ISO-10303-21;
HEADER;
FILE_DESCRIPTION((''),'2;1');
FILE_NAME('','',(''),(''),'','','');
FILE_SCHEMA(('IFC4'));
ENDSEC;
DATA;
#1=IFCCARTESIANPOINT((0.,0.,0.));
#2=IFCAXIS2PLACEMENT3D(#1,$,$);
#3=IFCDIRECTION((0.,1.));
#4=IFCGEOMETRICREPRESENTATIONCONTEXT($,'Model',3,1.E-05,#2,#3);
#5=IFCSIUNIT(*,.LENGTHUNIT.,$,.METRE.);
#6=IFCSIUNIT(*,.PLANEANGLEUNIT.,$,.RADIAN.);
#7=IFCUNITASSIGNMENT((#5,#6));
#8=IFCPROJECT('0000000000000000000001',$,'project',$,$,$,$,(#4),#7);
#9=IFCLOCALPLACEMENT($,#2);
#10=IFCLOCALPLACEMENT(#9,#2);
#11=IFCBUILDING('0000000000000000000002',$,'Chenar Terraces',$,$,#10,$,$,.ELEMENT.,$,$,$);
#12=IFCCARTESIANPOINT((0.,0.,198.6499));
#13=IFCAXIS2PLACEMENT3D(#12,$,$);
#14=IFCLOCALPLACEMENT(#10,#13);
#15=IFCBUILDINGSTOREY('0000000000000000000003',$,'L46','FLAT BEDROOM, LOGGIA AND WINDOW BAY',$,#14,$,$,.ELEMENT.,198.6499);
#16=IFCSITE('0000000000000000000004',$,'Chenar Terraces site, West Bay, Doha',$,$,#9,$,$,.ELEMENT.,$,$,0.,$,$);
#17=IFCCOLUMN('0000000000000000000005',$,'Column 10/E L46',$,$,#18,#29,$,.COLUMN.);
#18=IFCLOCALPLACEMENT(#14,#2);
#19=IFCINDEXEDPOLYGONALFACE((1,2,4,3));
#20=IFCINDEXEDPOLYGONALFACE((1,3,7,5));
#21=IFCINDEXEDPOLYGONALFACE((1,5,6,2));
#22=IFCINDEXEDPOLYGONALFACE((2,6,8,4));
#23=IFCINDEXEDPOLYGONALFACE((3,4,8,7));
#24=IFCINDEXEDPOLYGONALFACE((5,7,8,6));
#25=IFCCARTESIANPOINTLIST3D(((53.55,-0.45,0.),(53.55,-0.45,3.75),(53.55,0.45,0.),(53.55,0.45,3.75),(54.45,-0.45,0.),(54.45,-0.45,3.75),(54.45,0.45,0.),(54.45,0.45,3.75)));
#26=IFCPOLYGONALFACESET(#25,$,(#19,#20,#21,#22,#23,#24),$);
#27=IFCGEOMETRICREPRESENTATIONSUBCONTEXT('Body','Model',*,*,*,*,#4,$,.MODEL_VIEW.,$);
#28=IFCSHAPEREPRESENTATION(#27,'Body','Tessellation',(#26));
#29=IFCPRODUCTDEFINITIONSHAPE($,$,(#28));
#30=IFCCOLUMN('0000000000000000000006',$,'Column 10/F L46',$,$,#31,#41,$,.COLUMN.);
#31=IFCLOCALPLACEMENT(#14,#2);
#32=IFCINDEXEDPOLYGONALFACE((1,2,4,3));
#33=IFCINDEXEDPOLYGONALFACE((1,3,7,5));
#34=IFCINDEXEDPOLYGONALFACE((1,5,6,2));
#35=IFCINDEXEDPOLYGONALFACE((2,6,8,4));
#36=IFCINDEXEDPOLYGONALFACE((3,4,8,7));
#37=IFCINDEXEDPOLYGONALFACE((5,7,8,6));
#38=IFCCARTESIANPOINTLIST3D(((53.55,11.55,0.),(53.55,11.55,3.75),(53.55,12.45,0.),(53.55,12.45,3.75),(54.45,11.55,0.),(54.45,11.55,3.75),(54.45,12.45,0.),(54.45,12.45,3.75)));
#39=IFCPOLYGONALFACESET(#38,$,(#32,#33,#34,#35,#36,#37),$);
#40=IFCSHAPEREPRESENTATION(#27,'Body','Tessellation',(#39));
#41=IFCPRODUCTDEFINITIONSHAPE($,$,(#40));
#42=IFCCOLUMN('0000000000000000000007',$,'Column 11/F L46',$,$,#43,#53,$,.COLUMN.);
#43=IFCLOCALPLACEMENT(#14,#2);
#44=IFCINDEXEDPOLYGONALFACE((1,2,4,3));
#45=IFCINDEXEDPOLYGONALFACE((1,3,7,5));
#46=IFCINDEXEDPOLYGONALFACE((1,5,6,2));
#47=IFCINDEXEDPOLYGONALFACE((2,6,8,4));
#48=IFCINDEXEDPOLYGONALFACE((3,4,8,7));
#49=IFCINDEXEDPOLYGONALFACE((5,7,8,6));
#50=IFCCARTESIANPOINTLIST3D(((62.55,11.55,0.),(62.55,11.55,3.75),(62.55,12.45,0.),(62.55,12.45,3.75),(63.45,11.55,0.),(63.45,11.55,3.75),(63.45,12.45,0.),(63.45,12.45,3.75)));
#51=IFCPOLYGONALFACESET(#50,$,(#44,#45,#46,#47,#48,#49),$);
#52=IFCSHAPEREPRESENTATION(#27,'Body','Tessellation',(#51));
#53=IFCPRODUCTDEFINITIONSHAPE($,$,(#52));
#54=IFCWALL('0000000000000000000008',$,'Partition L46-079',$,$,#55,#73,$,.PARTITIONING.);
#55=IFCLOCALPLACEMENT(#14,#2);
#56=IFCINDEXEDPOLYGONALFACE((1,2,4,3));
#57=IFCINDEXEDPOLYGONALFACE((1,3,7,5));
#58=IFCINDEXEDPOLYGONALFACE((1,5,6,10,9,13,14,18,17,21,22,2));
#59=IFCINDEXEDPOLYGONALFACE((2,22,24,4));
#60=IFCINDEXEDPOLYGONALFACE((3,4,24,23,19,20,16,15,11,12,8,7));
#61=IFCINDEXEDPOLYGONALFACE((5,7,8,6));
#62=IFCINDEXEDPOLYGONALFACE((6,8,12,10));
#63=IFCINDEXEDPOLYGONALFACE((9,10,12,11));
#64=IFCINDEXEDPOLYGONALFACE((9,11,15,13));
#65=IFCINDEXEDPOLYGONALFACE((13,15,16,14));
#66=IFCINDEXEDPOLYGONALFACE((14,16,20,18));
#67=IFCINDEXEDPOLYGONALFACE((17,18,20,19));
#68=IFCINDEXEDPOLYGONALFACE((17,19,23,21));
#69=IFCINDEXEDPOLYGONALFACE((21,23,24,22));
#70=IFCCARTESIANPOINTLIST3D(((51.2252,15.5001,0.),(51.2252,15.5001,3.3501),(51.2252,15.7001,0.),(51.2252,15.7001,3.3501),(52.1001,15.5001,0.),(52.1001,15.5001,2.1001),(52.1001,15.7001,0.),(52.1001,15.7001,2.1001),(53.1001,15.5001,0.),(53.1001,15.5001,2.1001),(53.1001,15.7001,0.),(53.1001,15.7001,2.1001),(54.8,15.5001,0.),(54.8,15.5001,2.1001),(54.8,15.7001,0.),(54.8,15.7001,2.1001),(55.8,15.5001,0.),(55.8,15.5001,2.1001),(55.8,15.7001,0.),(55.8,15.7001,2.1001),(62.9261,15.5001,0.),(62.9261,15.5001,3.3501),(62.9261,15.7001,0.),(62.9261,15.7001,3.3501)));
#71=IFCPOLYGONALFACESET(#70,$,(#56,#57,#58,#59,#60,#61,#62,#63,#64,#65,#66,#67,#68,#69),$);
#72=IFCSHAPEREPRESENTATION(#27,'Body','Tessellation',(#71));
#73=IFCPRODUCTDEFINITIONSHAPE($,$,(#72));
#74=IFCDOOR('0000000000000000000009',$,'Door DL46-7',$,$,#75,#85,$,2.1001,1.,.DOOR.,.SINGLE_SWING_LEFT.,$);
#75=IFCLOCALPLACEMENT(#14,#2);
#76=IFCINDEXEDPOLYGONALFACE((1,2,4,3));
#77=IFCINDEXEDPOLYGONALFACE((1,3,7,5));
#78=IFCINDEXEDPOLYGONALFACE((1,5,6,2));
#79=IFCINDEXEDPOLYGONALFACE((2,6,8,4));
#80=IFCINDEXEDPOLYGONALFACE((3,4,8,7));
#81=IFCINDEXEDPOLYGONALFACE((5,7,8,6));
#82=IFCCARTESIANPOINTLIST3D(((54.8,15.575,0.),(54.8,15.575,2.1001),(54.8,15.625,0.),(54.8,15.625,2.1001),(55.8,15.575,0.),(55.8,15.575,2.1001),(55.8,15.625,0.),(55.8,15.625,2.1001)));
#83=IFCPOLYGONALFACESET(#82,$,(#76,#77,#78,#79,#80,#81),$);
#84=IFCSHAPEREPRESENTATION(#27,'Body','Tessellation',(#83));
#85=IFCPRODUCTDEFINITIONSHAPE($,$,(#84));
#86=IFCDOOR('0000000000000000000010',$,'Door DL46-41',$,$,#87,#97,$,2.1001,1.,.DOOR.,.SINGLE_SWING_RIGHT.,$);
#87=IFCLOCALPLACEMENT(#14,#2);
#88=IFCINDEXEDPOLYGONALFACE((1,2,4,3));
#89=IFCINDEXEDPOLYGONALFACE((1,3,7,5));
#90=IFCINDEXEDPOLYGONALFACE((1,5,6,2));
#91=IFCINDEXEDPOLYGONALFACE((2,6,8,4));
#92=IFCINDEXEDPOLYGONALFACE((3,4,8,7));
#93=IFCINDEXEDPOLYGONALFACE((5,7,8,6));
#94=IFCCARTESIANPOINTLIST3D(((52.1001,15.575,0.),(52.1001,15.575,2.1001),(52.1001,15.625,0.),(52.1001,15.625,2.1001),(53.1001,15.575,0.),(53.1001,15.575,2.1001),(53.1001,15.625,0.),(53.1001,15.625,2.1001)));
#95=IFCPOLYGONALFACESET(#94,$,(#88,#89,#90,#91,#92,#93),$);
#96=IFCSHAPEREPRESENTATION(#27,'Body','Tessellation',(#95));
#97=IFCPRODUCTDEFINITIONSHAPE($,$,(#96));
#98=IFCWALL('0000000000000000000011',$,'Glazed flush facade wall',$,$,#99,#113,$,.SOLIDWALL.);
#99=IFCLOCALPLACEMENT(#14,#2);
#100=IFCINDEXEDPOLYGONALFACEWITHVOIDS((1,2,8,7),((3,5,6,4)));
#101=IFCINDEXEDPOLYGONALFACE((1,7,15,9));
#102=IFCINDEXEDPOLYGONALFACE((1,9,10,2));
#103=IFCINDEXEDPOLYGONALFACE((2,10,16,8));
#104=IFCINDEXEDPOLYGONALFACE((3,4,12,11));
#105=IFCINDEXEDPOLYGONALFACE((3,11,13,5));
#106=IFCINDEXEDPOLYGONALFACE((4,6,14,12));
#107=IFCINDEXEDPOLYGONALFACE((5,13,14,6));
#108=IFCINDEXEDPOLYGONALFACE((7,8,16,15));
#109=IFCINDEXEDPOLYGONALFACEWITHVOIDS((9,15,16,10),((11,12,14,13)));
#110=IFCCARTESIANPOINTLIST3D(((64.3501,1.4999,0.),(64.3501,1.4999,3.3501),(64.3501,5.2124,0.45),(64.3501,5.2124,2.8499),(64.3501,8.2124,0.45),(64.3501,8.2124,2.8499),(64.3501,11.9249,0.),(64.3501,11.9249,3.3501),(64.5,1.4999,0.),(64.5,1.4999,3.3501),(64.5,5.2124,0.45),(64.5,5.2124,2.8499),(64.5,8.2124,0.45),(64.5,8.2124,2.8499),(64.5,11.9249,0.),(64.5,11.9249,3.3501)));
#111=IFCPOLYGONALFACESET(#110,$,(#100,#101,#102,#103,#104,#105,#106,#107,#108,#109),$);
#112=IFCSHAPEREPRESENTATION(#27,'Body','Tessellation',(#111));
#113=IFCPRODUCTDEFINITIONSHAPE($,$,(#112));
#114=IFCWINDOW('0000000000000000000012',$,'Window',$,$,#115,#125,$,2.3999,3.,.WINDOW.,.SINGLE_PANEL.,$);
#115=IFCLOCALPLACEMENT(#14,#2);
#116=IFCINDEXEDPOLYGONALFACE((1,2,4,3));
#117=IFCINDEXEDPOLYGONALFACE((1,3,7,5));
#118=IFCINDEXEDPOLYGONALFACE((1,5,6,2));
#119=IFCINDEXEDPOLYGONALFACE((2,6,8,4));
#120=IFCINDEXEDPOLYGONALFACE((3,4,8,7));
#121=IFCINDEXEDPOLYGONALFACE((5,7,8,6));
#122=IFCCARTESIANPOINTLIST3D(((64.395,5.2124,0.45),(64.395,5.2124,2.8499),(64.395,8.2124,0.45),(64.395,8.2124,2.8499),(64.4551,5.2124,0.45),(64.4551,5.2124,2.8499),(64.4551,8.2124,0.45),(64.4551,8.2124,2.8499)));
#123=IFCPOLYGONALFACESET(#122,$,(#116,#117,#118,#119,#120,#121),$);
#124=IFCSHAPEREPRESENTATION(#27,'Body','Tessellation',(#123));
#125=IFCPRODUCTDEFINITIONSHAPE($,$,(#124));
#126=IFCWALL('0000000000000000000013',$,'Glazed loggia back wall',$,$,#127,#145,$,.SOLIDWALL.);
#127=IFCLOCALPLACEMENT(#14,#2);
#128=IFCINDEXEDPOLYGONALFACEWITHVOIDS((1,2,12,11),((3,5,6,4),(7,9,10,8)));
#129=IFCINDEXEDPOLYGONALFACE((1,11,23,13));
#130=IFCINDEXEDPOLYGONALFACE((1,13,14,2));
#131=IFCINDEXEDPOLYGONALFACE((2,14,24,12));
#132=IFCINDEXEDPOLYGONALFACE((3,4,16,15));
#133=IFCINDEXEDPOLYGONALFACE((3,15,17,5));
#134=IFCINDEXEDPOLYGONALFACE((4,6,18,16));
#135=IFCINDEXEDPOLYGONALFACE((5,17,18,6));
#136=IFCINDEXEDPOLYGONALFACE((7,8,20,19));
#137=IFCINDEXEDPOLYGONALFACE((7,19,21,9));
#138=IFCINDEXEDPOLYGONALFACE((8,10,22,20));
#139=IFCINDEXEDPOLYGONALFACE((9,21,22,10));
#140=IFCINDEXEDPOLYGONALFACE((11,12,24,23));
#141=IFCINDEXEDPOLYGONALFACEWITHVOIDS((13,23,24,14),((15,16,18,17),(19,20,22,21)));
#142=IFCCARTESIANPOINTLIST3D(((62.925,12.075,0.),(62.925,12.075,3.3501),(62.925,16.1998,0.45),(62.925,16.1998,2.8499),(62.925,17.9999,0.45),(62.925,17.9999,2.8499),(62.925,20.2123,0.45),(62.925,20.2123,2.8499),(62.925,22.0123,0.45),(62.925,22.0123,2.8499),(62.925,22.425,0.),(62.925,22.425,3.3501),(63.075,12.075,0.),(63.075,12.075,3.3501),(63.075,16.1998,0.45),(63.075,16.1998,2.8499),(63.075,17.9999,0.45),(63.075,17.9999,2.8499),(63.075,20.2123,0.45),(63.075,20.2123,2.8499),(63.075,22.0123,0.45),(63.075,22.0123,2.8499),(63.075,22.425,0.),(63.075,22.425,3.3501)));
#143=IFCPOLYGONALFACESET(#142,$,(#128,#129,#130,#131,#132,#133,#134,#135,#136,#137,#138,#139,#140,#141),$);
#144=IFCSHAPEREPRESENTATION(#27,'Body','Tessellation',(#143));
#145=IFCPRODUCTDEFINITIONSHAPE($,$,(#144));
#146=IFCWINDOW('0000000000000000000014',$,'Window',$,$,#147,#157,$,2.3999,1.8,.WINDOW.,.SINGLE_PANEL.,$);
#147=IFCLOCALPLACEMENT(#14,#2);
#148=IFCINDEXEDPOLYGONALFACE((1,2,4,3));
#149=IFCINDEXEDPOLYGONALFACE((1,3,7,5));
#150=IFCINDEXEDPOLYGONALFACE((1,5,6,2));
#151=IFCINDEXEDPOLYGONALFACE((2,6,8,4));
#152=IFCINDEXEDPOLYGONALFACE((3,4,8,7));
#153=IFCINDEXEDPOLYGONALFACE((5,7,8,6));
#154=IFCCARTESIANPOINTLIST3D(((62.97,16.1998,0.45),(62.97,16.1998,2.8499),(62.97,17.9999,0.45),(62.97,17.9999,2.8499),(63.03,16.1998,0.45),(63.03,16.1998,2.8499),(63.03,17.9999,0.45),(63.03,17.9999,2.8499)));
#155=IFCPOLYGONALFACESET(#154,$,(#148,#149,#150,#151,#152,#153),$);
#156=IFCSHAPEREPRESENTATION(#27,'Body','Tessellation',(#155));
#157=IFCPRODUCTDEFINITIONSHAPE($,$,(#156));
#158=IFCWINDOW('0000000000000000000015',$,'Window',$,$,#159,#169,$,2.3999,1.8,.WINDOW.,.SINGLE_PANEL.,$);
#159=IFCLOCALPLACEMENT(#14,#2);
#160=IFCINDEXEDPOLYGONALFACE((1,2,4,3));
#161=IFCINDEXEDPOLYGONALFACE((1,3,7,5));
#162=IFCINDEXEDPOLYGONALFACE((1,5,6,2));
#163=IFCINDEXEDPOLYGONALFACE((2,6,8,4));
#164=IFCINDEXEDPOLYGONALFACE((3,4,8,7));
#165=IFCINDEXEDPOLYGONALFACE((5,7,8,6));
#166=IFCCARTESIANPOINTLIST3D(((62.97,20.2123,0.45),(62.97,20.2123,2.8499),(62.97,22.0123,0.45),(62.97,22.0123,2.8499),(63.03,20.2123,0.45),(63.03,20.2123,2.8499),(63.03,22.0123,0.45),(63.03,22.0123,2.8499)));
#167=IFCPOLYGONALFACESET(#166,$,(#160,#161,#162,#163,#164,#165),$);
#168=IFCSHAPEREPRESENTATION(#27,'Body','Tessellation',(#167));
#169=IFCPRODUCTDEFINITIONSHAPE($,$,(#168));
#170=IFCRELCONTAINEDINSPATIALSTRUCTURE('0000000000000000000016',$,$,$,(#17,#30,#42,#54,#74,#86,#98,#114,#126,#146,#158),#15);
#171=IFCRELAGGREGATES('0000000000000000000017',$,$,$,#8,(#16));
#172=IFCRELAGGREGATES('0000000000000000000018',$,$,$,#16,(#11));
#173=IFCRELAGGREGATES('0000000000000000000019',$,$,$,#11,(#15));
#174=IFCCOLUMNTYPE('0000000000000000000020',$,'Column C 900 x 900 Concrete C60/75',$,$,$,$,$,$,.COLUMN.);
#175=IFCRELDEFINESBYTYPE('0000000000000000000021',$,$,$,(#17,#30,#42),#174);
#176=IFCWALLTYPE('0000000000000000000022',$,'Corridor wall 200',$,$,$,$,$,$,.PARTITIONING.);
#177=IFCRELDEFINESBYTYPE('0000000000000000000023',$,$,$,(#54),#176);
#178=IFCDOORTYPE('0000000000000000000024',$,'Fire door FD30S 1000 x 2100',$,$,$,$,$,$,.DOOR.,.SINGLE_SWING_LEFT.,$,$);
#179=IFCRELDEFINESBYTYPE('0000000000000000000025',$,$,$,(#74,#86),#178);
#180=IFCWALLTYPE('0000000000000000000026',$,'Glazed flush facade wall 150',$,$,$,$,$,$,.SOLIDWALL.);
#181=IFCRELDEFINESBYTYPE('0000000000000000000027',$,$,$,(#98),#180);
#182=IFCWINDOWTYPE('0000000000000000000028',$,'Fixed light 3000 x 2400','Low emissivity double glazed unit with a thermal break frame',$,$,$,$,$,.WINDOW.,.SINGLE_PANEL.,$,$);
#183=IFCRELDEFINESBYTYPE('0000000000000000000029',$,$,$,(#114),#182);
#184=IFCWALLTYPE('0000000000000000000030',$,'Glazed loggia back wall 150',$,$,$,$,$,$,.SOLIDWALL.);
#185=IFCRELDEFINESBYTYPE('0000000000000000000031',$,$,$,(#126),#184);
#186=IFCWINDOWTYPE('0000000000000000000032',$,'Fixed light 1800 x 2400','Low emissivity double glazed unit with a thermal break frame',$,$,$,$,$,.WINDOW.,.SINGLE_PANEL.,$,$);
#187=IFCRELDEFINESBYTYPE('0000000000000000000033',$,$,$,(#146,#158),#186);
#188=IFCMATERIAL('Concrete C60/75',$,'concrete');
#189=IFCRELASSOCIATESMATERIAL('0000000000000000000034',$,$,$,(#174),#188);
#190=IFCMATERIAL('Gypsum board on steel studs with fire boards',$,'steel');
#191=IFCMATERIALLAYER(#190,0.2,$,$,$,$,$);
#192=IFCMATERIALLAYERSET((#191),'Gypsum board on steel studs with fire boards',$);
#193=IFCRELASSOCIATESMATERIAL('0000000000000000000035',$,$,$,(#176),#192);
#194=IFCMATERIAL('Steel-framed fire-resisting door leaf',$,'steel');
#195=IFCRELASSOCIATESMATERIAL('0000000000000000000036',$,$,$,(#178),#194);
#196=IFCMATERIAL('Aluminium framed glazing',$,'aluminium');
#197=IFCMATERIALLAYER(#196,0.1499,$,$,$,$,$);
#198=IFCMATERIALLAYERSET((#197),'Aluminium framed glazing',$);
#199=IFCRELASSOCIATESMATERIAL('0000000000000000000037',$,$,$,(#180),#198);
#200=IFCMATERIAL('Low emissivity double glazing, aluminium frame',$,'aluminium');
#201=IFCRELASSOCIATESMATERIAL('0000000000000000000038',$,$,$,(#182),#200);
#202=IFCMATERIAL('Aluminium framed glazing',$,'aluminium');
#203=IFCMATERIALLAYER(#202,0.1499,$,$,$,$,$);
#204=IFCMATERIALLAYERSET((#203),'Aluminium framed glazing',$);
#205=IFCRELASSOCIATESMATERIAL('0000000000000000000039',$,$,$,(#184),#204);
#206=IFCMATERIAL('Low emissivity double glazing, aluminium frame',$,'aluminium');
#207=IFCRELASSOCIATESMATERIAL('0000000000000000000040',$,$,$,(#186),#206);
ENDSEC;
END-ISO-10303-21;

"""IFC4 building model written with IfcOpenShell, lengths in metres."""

from ifc_helpers import new_model, si_unit, direction, frame, frame_2d, origin, origin_2d, place, context, subcontext, project, spatial, rectangle, extrude, material, layer, layer_set, material_profile, profile_set, type_object, element, fill, save


model = new_model("IFC4")

# Units and contexts
model_context = context("Model", 3, precision=1e-05, world=origin(), true_north=direction((0.0, 1.0)))
body_context = subcontext(model_context, "Body", "Model", "MODEL_VIEW")
ifc_project = project(units=[si_unit("LENGTHUNIT", "METRE"), si_unit("PLANEANGLEUNIT", "RADIAN")], contexts=[model_context])

# Site, building, storey
site_placement = place(None, origin())
site = spatial("IfcSite", under=ifc_project, at=site_placement, Name="Chenar Terraces site, West Bay, Doha", CompositionType="ELEMENT", RefElevation=0.0)
building_placement = place(site_placement, origin())
building = spatial("IfcBuilding", under=site, at=building_placement, Name="Chenar Terraces", CompositionType="ELEMENT")
storey_placement = place(building_placement, frame((0.0, 0.0, 198.6499)))
storey = spatial("IfcBuildingStorey", under=building, at=storey_placement, Name="L46", Description="FLAT BEDROOM, LOGGIA AND WINDOW BAY", CompositionType="ELEMENT", Elevation=198.6499)

# Columns
ifc_material_1 = material(Name="Concrete C60/75", Category="concrete")
ifc_material_profile = material_profile(ifc_material_1, rectangle(XDim=0.8999, YDim=0.8999, at=origin_2d()), Name="C 900 x 900")
ifc_profile_set = profile_set([ifc_material_profile], Name="Concrete C60/75")
column_type = type_object("IfcColumnType", Name="Column C 900 x 900 Concrete C60/75", PredefinedType="COLUMN", material=ifc_profile_set)
for number, where, z_axis, x_axis, name in (
    (1, (54.0, 0.0, 0.0), (0.0, 0.0, 1.0), (1.0, 0.0, 0.0), "Column 10/E L46"),
    (2, (54.0, 12.0, 0.0), (0.0, 0.0, 1.0), (1.0, 0.0, 0.0), "Column 10/F L46"),
    (3, (63.0, 12.0, 0.0), (0.0, 0.0, 1.0), (1.0, 0.0, 0.0), "Column 11/F L46"),
):
    element("IfcColumn", number, at=place(storey_placement, frame(where, z_axis=z_axis, x_axis=x_axis)), inside=storey, type_object=column_type, Name=name, PredefinedType="COLUMN", context=body_context, shape_type="SweptSolid", body=[
        extrude(rectangle(XDim=0.8999, YDim=0.8999, at=origin_2d()), origin(), (0.0, 0.0, 1.0), 3.75),
    ])

# Wall, openings, doors
ifc_material_2 = material(Name="Gypsum board on steel studs with fire boards", Category="steel")
ifc_layer_1 = layer(ifc_material_2, 0.2)
ifc_layer_set_1 = layer_set([ifc_layer_1], Name="Gypsum board on steel studs with fire boards")
wall_type_1 = type_object("IfcWallType", Name="Corridor wall 200", PredefinedType="PARTITIONING", material=ifc_layer_set_1)
wall_1_placement = place(storey_placement, frame((51.2251, 15.6001, 0.0), z_axis=(0.0, 0.0, 1.0), x_axis=(1.0, 0.0, 0.0)))
wall_1 = element("IfcWall", 4, at=wall_1_placement, inside=storey, type_object=wall_type_1, Name="Partition L46-079", PredefinedType="PARTITIONING", context=body_context, shape_type="SweptSolid", body=[
    extrude(rectangle(XDim=11.7009, YDim=0.2, at=frame_2d((5.8506, 0.0))), origin(), (0.0, 0.0, 1.0), 3.3501),
])
opening_1_placement = place(wall_1_placement, frame((3.575, 0.0, 0.0)))
opening_1 = element("IfcOpeningElement", 5, at=opening_1_placement, cuts=wall_1, PredefinedType="OPENING", context=body_context, shape_type="SweptSolid", body=[
    extrude(rectangle(XDim=1.0, YDim=2.1001, at=frame_2d((0.5, 1.05))), frame((0.0, 0.1099, 0.0), z_axis=(0.0, -1.0, 0.0), x_axis=(1.0, 0.0, 0.0)), (0.0, 0.0, 1.0), 0.22),
])
opening_2_placement = place(wall_1_placement, frame((0.875, 0.0, 0.0)))
opening_2 = element("IfcOpeningElement", 6, at=opening_2_placement, cuts=wall_1, PredefinedType="OPENING", context=body_context, shape_type="SweptSolid", body=[
    extrude(rectangle(XDim=1.0, YDim=2.1001, at=frame_2d((0.5, 1.05))), frame((0.0, 0.1099, 0.0), z_axis=(0.0, -1.0, 0.0), x_axis=(1.0, 0.0, 0.0)), (0.0, 0.0, 1.0), 0.22),
])
ifc_material_3 = material(Name="Steel-framed fire-resisting door leaf", Category="steel")
door_type_1 = type_object("IfcDoorType", Name="Fire door FD30S 1000 x 2100", OperationType="SINGLE_SWING_LEFT", PredefinedType="DOOR", material=ifc_material_3)
door_1_placement = place(opening_1_placement, origin())
door_1 = element("IfcDoor", 7, at=door_1_placement, inside=storey, type_object=door_type_1, Name="Door DL46-7", OperationType="SINGLE_SWING_LEFT", OverallHeight=2.1001, OverallWidth=1.0, PredefinedType="DOOR", context=body_context, shape_type="SweptSolid", body=[
    extrude(rectangle(XDim=1.0, YDim=2.1001, at=frame_2d((0.5, 1.05))), frame((0.0, 0.0249, 0.0), z_axis=(0.0, -1.0, 0.0), x_axis=(1.0, 0.0, 0.0)), (0.0, 0.0, 1.0), 0.05),
])
fill(opening_1, door_1)
door_2_placement = place(opening_2_placement, origin())
door_2 = element("IfcDoor", 8, at=door_2_placement, inside=storey, type_object=door_type_1, Name="Door DL46-41", OperationType="SINGLE_SWING_RIGHT", OverallHeight=2.1001, OverallWidth=1.0, PredefinedType="DOOR", context=body_context, shape_type="SweptSolid", body=[
    extrude(rectangle(XDim=1.0, YDim=2.1001, at=frame_2d((0.5, 1.05))), frame((0.0, 0.0249, 0.0), z_axis=(0.0, -1.0, 0.0), x_axis=(1.0, 0.0, 0.0)), (0.0, 0.0, 1.0), 0.05),
])
fill(opening_2, door_2)

# Wall, opening, window
ifc_material_4 = material(Name="Aluminium framed glazing", Category="aluminium")
ifc_layer_2 = layer(ifc_material_4, 0.1499)
ifc_layer_set_2 = layer_set([ifc_layer_2], Name="Aluminium framed glazing")
wall_type_2 = type_object("IfcWallType", Name="Glazed flush facade wall 150", PredefinedType="SOLIDWALL", material=ifc_layer_set_2)
wall_2_placement = place(storey_placement, frame((64.425, 1.5, 0.0), z_axis=(0.0, 0.0, 1.0), x_axis=(0.0, 1.0, 0.0)))
wall_2 = element("IfcWall", 9, at=wall_2_placement, inside=storey, type_object=wall_type_2, Name="Glazed flush facade wall", PredefinedType="SOLIDWALL", context=body_context, shape_type="SweptSolid", body=[
    extrude(rectangle(XDim=10.425, YDim=0.1499, at=frame_2d((5.2124, 0.0))), origin(), (0.0, 0.0, 1.0), 3.3501),
])
opening_3_placement = place(wall_2_placement, frame((3.7124, 0.0, 0.45)))
opening_3 = element("IfcOpeningElement", 10, at=opening_3_placement, cuts=wall_2, PredefinedType="OPENING", context=body_context, shape_type="SweptSolid", body=[
    extrude(rectangle(XDim=3.0, YDim=2.3999, at=frame_2d((1.5, 1.2))), frame((0.0, 0.085, 0.0), z_axis=(0.0, -1.0, 0.0), x_axis=(1.0, 0.0, 0.0)), (0.0, 0.0, 1.0), 0.1699),
])
ifc_material_5 = material(Name="Low emissivity double glazing, aluminium frame", Category="aluminium")
window_type_1 = type_object("IfcWindowType", Name="Fixed light 3000 x 2400", Description="Low emissivity double glazed unit with a thermal break frame", PartitioningType="SINGLE_PANEL", PredefinedType="WINDOW", material=ifc_material_5)
window_1_placement = place(opening_3_placement, origin())
window_1 = element("IfcWindow", 11, at=window_1_placement, inside=storey, type_object=window_type_1, Name="Window", OverallHeight=2.3999, OverallWidth=3.0, PartitioningType="SINGLE_PANEL", PredefinedType="WINDOW", context=body_context, shape_type="SweptSolid", body=[
    extrude(rectangle(XDim=3.0, YDim=2.3999, at=frame_2d((1.5, 1.2))), frame((0.0, 0.03, 0.0), z_axis=(0.0, -1.0, 0.0), x_axis=(1.0, 0.0, 0.0)), (0.0, 0.0, 1.0), 0.0601),
])
fill(opening_3, window_1)

# Wall, openings, windows
ifc_material_6 = material(Name="Aluminium framed glazing", Category="aluminium")
ifc_layer_3 = layer(ifc_material_6, 0.1499)
ifc_layer_set_3 = layer_set([ifc_layer_3], Name="Aluminium framed glazing")
wall_type_3 = type_object("IfcWallType", Name="Glazed loggia back wall 150", PredefinedType="SOLIDWALL", material=ifc_layer_set_3)
wall_3_placement = place(storey_placement, frame((63.0, 12.075, 0.0), z_axis=(0.0, 0.0, 1.0), x_axis=(0.0, 1.0, 0.0)))
wall_3 = element("IfcWall", 12, at=wall_3_placement, inside=storey, type_object=wall_type_3, Name="Glazed loggia back wall", PredefinedType="SOLIDWALL", context=body_context, shape_type="SweptSolid", body=[
    extrude(rectangle(XDim=10.3501, YDim=0.1499, at=frame_2d((5.175, 0.0))), origin(), (0.0, 0.0, 1.0), 3.3501),
])
opening_4_placement = place(wall_3_placement, frame((4.125, 0.0, 0.45)))
opening_4 = element("IfcOpeningElement", 13, at=opening_4_placement, cuts=wall_3, PredefinedType="OPENING", context=body_context, shape_type="SweptSolid", body=[
    extrude(rectangle(XDim=1.8, YDim=2.3999, at=frame_2d((0.8999, 1.2))), frame((0.0, 0.085, 0.0), z_axis=(0.0, -1.0, 0.0), x_axis=(1.0, 0.0, 0.0)), (0.0, 0.0, 1.0), 0.1699),
])
opening_5_placement = place(wall_3_placement, frame((8.1375, 0.0, 0.45)))
opening_5 = element("IfcOpeningElement", 14, at=opening_5_placement, cuts=wall_3, PredefinedType="OPENING", context=body_context, shape_type="SweptSolid", body=[
    extrude(rectangle(XDim=1.8, YDim=2.3999, at=frame_2d((0.8999, 1.2))), frame((0.0, 0.085, 0.0), z_axis=(0.0, -1.0, 0.0), x_axis=(1.0, 0.0, 0.0)), (0.0, 0.0, 1.0), 0.1699),
])
ifc_material_7 = material(Name="Low emissivity double glazing, aluminium frame", Category="aluminium")
window_type_2 = type_object("IfcWindowType", Name="Fixed light 1800 x 2400", Description="Low emissivity double glazed unit with a thermal break frame", PartitioningType="SINGLE_PANEL", PredefinedType="WINDOW", material=ifc_material_7)
window_2_placement = place(opening_4_placement, origin())
window_2 = element("IfcWindow", 15, at=window_2_placement, inside=storey, type_object=window_type_2, Name="Window", OverallHeight=2.3999, OverallWidth=1.8, PartitioningType="SINGLE_PANEL", PredefinedType="WINDOW", context=body_context, shape_type="SweptSolid", body=[
    extrude(rectangle(XDim=1.8, YDim=2.3999, at=frame_2d((0.8999, 1.2))), frame((0.0, 0.03, 0.0), z_axis=(0.0, -1.0, 0.0), x_axis=(1.0, 0.0, 0.0)), (0.0, 0.0, 1.0), 0.0601),
])
fill(opening_4, window_2)
window_3_placement = place(opening_5_placement, origin())
window_3 = element("IfcWindow", 16, at=window_3_placement, inside=storey, type_object=window_type_2, Name="Window", OverallHeight=2.3999, OverallWidth=1.8, PartitioningType="SINGLE_PANEL", PredefinedType="WINDOW", context=body_context, shape_type="SweptSolid", body=[
    extrude(rectangle(XDim=1.8, YDim=2.3999, at=frame_2d((0.8999, 1.2))), frame((0.0, 0.03, 0.0), z_axis=(0.0, -1.0, 0.0), x_axis=(1.0, 0.0, 0.0)), (0.0, 0.0, 1.0), 0.0601),
])
fill(opening_5, window_3)

save(model, "model.ifc")
